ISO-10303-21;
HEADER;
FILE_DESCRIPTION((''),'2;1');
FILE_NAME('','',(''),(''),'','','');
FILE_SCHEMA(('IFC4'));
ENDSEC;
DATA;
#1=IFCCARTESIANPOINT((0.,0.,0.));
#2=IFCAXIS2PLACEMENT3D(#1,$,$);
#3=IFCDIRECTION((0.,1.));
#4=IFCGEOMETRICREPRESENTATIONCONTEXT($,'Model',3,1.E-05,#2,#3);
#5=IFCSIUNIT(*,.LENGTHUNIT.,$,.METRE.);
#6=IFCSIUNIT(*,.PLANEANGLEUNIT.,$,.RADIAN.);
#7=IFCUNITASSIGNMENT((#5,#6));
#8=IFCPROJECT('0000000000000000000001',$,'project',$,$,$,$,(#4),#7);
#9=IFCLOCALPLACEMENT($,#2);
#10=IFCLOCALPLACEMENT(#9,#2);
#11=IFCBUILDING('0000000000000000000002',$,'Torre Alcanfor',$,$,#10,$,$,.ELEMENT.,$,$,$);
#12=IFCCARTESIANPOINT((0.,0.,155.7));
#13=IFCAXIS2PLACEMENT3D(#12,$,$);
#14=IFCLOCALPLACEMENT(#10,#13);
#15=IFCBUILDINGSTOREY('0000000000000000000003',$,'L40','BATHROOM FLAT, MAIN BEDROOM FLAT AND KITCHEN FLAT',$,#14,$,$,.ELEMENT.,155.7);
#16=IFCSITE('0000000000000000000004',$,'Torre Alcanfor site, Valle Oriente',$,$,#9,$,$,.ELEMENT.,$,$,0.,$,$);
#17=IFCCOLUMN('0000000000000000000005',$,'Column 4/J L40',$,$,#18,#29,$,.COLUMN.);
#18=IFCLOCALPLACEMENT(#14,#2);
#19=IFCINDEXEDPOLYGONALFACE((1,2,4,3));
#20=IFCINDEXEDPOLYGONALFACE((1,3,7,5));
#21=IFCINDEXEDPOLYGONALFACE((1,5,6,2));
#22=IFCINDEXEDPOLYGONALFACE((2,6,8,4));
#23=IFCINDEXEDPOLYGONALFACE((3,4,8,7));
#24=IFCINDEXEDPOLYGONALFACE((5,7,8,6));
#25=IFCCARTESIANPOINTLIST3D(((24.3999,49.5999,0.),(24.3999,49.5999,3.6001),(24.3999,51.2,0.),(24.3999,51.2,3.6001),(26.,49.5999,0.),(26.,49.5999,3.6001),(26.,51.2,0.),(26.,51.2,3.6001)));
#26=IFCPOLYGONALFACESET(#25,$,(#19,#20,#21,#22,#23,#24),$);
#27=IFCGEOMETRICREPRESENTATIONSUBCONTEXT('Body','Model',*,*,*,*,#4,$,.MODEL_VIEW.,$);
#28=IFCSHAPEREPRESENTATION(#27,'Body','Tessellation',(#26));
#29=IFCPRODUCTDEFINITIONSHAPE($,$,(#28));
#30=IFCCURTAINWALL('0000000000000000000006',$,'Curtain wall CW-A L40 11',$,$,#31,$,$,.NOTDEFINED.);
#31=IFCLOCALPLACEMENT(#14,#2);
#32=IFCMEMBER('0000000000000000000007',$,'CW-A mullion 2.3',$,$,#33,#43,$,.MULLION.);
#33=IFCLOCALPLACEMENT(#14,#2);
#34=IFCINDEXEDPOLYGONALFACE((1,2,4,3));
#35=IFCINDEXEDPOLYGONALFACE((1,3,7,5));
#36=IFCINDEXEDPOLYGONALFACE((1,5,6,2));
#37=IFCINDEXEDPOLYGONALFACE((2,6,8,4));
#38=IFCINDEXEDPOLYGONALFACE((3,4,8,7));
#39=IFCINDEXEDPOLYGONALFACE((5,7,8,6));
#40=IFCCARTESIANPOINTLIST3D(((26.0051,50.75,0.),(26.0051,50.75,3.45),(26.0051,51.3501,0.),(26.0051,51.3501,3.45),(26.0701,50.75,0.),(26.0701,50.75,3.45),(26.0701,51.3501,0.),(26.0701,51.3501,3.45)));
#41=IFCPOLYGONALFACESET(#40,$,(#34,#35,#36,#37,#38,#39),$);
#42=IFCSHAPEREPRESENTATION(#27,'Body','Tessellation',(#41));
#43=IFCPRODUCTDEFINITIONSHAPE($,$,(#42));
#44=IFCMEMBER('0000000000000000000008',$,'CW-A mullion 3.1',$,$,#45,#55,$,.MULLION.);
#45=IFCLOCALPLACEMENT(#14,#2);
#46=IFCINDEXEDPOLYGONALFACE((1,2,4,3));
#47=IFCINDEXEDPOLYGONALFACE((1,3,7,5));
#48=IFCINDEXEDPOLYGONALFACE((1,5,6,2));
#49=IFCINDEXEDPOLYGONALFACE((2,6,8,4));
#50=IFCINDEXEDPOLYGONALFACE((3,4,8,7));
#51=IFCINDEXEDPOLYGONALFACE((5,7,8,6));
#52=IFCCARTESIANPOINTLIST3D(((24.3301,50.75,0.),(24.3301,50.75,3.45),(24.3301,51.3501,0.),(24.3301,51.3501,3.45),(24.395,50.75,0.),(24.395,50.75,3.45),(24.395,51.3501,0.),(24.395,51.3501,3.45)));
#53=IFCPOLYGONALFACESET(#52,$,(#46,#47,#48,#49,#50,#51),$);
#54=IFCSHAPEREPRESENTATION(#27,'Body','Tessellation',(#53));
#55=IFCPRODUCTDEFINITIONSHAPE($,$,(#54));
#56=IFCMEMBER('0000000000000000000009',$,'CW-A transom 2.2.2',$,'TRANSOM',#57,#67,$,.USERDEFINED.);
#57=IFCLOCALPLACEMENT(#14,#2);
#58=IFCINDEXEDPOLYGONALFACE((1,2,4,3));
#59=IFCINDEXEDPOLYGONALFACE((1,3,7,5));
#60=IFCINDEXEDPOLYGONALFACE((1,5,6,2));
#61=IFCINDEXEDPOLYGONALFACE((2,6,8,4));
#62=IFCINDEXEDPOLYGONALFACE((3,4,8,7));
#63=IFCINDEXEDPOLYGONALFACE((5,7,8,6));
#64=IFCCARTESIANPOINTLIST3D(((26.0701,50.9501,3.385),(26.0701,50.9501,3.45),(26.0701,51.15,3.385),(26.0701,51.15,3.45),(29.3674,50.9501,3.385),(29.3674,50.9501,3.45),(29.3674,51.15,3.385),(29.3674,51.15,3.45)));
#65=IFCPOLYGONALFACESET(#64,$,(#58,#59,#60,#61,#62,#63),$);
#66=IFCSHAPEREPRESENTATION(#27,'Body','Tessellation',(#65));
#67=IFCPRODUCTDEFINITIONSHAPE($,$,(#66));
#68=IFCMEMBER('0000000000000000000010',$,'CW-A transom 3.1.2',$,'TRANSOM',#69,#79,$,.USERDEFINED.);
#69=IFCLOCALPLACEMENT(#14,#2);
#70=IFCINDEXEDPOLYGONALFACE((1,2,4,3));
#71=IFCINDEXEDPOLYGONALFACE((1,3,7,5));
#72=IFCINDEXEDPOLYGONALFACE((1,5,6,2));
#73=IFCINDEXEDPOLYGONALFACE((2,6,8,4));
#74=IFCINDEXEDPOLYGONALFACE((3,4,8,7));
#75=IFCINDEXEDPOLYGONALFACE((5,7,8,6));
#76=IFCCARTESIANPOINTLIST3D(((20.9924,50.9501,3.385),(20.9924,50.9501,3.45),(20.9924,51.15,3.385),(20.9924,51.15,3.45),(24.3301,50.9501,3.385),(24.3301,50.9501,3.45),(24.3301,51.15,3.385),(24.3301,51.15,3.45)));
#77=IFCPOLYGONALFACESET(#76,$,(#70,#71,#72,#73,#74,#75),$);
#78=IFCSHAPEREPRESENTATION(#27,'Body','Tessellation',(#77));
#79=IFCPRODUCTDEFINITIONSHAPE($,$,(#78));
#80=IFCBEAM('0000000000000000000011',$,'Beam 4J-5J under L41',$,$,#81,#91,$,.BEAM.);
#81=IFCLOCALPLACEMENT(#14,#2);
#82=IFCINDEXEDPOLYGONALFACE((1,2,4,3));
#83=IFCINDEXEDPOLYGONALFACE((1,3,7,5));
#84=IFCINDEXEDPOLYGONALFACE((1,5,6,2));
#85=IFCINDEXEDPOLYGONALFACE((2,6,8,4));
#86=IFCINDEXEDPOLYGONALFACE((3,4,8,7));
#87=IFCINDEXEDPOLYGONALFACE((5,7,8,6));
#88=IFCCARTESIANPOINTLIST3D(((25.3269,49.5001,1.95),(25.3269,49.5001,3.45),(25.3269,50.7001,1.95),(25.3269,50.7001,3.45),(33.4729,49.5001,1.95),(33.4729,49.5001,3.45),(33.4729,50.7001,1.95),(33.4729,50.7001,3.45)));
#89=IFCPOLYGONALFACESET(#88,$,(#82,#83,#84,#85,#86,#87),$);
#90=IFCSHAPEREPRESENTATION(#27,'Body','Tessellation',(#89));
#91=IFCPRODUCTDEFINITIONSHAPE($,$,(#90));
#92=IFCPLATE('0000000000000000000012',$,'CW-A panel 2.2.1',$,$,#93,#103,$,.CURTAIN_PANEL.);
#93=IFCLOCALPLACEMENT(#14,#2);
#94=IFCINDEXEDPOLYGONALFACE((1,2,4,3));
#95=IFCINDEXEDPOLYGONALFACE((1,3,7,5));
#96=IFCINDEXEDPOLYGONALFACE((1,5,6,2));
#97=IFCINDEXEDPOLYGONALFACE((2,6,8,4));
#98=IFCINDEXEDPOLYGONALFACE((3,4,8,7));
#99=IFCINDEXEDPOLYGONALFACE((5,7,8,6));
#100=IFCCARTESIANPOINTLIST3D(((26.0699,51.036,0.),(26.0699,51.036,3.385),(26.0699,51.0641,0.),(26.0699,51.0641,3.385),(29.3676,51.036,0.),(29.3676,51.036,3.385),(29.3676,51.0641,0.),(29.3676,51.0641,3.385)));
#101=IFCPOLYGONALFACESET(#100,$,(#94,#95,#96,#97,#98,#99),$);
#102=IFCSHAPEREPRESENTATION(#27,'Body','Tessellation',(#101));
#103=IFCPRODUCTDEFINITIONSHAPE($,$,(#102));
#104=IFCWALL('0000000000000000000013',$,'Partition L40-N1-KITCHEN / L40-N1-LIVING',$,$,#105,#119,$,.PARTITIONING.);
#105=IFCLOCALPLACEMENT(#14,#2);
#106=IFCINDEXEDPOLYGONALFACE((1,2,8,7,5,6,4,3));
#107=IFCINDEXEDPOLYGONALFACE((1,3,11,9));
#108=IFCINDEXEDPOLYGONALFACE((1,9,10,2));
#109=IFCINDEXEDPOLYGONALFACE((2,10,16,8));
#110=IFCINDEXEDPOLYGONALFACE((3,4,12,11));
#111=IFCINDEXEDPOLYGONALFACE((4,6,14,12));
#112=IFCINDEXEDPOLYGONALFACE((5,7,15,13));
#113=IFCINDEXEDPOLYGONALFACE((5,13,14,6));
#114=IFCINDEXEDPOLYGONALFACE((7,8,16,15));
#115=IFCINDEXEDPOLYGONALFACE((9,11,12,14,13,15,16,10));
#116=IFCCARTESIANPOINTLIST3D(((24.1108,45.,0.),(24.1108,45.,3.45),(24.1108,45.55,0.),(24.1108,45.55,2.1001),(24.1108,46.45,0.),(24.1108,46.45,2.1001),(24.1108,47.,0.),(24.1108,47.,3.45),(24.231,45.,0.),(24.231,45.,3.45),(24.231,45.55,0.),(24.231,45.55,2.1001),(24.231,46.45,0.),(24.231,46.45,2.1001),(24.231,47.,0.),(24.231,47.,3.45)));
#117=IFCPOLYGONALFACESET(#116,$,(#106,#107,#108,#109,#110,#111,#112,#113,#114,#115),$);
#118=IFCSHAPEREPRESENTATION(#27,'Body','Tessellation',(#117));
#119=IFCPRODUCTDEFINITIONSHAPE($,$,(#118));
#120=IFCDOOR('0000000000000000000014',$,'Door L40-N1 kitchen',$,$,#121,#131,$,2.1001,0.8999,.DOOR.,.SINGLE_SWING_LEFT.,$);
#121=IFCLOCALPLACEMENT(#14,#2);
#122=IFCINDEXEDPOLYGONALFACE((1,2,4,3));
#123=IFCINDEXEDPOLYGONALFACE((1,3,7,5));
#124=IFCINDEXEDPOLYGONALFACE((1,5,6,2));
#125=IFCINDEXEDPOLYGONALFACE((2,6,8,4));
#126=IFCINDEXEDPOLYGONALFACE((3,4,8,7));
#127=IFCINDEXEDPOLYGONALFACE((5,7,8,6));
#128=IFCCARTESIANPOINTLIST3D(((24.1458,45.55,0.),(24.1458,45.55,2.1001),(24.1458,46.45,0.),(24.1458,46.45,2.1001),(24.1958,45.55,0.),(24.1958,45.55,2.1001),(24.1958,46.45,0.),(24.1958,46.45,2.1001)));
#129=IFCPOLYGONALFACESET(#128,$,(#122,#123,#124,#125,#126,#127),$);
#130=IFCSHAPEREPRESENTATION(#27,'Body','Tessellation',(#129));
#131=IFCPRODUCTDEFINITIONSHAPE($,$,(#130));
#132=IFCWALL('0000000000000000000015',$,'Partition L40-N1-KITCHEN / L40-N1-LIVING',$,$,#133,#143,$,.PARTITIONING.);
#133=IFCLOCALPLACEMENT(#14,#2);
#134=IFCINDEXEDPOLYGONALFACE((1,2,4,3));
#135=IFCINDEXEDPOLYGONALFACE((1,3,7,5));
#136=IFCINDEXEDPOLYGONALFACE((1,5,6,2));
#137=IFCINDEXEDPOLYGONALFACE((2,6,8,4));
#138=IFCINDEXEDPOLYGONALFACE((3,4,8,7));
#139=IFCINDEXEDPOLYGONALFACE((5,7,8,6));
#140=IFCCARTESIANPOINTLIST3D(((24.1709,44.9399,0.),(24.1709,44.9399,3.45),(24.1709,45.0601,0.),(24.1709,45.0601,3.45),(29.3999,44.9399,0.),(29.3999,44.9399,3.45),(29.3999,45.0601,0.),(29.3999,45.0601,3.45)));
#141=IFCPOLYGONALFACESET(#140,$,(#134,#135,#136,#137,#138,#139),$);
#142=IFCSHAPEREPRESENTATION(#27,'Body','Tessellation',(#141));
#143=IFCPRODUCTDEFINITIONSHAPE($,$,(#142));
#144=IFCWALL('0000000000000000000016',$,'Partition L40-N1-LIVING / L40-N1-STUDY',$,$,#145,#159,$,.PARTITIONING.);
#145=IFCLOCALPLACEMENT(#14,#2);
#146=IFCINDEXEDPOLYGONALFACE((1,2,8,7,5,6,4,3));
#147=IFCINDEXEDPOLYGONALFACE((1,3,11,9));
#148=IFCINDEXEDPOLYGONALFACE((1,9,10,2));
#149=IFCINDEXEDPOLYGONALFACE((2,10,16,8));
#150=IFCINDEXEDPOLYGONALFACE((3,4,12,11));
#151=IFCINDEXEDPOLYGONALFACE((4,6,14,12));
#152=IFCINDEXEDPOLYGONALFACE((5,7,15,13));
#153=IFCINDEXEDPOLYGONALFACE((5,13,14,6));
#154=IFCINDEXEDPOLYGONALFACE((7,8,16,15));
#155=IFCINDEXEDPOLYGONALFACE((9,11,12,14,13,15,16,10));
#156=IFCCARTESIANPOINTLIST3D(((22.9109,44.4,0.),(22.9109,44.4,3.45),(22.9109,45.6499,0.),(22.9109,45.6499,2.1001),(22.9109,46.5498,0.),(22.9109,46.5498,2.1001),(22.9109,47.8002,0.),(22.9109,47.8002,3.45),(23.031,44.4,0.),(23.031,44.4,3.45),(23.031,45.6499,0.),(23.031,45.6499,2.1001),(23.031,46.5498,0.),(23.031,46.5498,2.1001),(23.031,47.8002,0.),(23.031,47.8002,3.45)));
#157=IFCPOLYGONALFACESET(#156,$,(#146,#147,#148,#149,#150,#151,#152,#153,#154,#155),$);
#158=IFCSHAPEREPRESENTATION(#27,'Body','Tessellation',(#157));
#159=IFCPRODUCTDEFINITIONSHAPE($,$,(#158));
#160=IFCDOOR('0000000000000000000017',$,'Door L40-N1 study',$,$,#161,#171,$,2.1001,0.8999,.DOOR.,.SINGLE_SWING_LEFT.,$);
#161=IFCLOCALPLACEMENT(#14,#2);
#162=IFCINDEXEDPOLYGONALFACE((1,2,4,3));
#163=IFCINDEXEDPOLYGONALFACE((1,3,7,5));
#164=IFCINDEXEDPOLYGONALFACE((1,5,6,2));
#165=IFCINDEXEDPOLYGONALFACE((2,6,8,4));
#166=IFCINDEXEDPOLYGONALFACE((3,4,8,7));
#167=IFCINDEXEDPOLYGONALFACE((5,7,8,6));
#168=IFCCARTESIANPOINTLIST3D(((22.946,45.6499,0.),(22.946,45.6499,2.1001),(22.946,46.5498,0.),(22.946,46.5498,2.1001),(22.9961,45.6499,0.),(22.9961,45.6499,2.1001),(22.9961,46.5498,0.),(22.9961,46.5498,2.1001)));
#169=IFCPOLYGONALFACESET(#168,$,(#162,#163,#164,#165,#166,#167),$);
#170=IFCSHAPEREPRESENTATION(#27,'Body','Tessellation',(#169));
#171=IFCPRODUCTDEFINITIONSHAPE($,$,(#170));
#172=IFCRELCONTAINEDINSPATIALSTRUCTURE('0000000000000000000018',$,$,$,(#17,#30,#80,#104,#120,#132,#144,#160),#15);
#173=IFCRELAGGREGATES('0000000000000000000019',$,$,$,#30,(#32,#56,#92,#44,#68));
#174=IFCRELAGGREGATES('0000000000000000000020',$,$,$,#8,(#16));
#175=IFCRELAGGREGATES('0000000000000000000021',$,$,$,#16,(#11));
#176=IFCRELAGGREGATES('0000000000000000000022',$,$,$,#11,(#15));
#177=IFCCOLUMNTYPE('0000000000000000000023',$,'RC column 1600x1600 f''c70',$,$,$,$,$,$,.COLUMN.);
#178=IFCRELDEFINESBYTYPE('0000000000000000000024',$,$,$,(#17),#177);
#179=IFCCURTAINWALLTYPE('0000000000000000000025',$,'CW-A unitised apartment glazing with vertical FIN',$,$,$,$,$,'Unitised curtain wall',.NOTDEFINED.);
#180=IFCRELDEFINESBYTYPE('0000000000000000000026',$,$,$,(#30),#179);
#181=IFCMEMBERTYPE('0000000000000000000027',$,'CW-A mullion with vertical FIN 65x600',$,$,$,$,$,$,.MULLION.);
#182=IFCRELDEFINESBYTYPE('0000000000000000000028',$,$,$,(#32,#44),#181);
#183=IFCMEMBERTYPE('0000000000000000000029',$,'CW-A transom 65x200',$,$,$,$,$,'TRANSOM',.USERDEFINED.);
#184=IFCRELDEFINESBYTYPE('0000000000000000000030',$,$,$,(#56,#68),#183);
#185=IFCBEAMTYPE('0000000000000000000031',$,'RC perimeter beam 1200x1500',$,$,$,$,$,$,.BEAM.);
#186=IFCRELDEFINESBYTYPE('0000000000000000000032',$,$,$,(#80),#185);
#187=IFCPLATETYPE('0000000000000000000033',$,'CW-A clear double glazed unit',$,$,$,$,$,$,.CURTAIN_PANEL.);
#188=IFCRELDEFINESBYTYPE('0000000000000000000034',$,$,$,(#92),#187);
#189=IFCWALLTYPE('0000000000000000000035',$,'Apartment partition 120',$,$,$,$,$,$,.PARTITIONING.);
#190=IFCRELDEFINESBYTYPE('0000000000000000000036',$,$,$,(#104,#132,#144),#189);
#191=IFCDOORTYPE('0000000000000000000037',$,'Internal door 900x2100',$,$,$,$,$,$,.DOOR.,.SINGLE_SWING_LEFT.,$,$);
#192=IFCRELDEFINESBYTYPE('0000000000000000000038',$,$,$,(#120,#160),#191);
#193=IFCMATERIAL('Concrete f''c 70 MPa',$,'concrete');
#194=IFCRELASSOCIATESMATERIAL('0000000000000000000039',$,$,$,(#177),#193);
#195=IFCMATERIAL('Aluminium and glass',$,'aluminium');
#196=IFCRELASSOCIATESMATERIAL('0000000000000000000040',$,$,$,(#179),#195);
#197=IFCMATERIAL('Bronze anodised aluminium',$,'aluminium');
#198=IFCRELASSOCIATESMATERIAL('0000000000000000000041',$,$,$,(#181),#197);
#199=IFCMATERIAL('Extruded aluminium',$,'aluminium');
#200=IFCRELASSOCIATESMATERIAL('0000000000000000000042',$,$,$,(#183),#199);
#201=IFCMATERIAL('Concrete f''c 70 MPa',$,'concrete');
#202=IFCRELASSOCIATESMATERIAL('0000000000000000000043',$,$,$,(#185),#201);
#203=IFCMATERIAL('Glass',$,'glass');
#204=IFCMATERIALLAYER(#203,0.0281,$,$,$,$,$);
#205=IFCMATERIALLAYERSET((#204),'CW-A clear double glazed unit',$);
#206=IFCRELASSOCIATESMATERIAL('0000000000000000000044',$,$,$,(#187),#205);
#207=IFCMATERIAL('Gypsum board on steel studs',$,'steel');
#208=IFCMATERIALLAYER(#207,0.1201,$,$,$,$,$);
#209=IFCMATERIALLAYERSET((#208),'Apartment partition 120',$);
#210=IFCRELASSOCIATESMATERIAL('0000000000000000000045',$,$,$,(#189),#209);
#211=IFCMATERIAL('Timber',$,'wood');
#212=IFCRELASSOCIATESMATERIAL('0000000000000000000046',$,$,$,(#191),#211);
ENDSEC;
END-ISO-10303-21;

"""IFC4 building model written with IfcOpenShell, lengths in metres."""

from ifc_helpers import new_model, si_unit, direction, frame, frame_2d, origin, origin_2d, place, context, subcontext, project, spatial, rectangle, extrude, material, layer, layer_set, material_profile, profile_set, type_object, element, fill, aggregate, save


model = new_model("IFC4")

# Units and contexts
model_context = context("Model", 3, precision=1e-05, world=origin(), true_north=direction((0.0, 1.0)))
body_context = subcontext(model_context, "Body", "Model", "MODEL_VIEW")
ifc_project = project(units=[si_unit("LENGTHUNIT", "METRE"), si_unit("PLANEANGLEUNIT", "RADIAN")], contexts=[model_context])

# Site, building, storey
site_placement = place(None, origin())
site = spatial("IfcSite", under=ifc_project, at=site_placement, Name="Torre Alcanfor site, Valle Oriente", CompositionType="ELEMENT", RefElevation=0.0)
building_placement = place(site_placement, origin())
building = spatial("IfcBuilding", under=site, at=building_placement, Name="Torre Alcanfor", CompositionType="ELEMENT")
storey_placement = place(building_placement, frame((0.0, 0.0, 155.7)))
storey = spatial("IfcBuildingStorey", under=building, at=storey_placement, Name="L40", Description="BATHROOM FLAT, MAIN BEDROOM FLAT AND KITCHEN FLAT", CompositionType="ELEMENT", Elevation=155.7)

# Column
ifc_material_1 = material(Name="Concrete f'c 70 MPa", Category="concrete")
ifc_material_profile_1 = material_profile(ifc_material_1, rectangle(XDim=1.6001, YDim=1.6001, at=origin_2d()), Name="1600x1600")
ifc_profile_set_1 = profile_set([ifc_material_profile_1], Name="Concrete f'c 70 MPa")
column_type = type_object("IfcColumnType", Name="RC column 1600x1600 f'c70", PredefinedType="COLUMN", material=ifc_profile_set_1)
column_placement = place(storey_placement, frame((25.2, 50.3999, 0.0), z_axis=(0.0, 0.0, 1.0), x_axis=(1.0, 0.0, 0.0)))
element("IfcColumn", 1, at=column_placement, inside=storey, type_object=column_type, Name="Column 4/J L40", PredefinedType="COLUMN", context=body_context, shape_type="SweptSolid", body=[
    extrude(rectangle(XDim=1.6001, YDim=1.6001, at=origin_2d()), origin(), (0.0, 0.0, 1.0), 3.6001),
])

# Curtain wall, members
ifc_material_2 = material(Name="Aluminium and glass", Category="aluminium")
curtain_wall_type = type_object("IfcCurtainWallType", Name="CW-A unitised apartment glazing with vertical FIN", ElementType="Unitised curtain wall", PredefinedType="NOTDEFINED", material=ifc_material_2)
curtain_wall_placement = place(storey_placement, origin())
curtain_wall = element("IfcCurtainWall", 2, at=curtain_wall_placement, inside=storey, type_object=curtain_wall_type, Name="Curtain wall CW-A L40 11", PredefinedType="NOTDEFINED")
ifc_material_3 = material(Name="Bronze anodised aluminium", Category="aluminium")
ifc_material_profile_2 = material_profile(ifc_material_3, rectangle(XDim=0.6001, YDim=0.0649, at=origin_2d()), Name="CW-A mullion 65x600")
ifc_profile_set_2 = profile_set([ifc_material_profile_2], Name="Bronze anodised aluminium")
member_type_1 = type_object("IfcMemberType", Name="CW-A mullion with vertical FIN 65x600", PredefinedType="MULLION", material=ifc_profile_set_2)
member_1_placement = place(storey_placement, frame((26.0376, 51.05, 0.0), z_axis=(0.0, 0.0, 1.0), x_axis=(0.0, -1.0, 0.0)))
member_1 = element("IfcMember", 3, at=member_1_placement, type_object=member_type_1, Name="CW-A mullion 2.3", PredefinedType="MULLION", context=body_context, shape_type="SweptSolid", body=[
    extrude(rectangle(XDim=0.6001, YDim=0.0649, at=origin_2d()), origin(), (0.0, 0.0, 1.0), 3.45),
])
member_2_placement = place(storey_placement, frame((24.3625, 51.05, 0.0), z_axis=(0.0, 0.0, 1.0), x_axis=(0.0, -1.0, 0.0)))
member_2 = element("IfcMember", 4, at=member_2_placement, type_object=member_type_1, Name="CW-A mullion 3.1", PredefinedType="MULLION", context=body_context, shape_type="SweptSolid", body=[
    extrude(rectangle(XDim=0.6001, YDim=0.0649, at=origin_2d()), origin(), (0.0, 0.0, 1.0), 3.45),
])
ifc_material_4 = material(Name="Extruded aluminium", Category="aluminium")
ifc_material_profile_3 = material_profile(ifc_material_4, rectangle(XDim=0.2, YDim=0.0649, at=origin_2d()), Name="CW-A transom 200x65")
ifc_profile_set_3 = profile_set([ifc_material_profile_3], Name="Extruded aluminium")
member_type_2 = type_object("IfcMemberType", Name="CW-A transom 65x200", ElementType="TRANSOM", PredefinedType="USERDEFINED", material=ifc_profile_set_3)
member_3_placement = place(storey_placement, frame((29.3674, 51.05, 3.4175), z_axis=(-1.0, 0.0, 0.0), x_axis=(0.0, -1.0, 0.0)))
member_3 = element("IfcMember", 5, at=member_3_placement, type_object=member_type_2, Name="CW-A transom 2.2.2", ObjectType="TRANSOM", PredefinedType="USERDEFINED", context=body_context, shape_type="SweptSolid", body=[
    extrude(rectangle(XDim=0.2, YDim=0.0649, at=origin_2d()), origin(), (0.0, 0.0, 1.0), 3.2974),
])
member_4_placement = place(storey_placement, frame((24.3301, 51.05, 3.4175), z_axis=(-1.0, 0.0, 0.0), x_axis=(0.0, -1.0, 0.0)))
member_4 = element("IfcMember", 6, at=member_4_placement, type_object=member_type_2, Name="CW-A transom 3.1.2", ObjectType="TRANSOM", PredefinedType="USERDEFINED", context=body_context, shape_type="SweptSolid", body=[
    extrude(rectangle(XDim=0.2, YDim=0.0649, at=origin_2d()), origin(), (0.0, 0.0, 1.0), 3.3376),
])

# Beam
ifc_material_5 = material(Name="Concrete f'c 70 MPa", Category="concrete")
ifc_material_profile_4 = material_profile(ifc_material_5, rectangle(XDim=1.2, YDim=1.5, at=origin_2d()), Name="1200x1500")
ifc_profile_set_4 = profile_set([ifc_material_profile_4], Name="Concrete f'c 70 MPa")
beam_type = type_object("IfcBeamType", Name="RC perimeter beam 1200x1500", PredefinedType="BEAM", material=ifc_profile_set_4)
beam_placement = place(storey_placement, frame((25.3269, 50.1001, 2.7), z_axis=(1.0, 0.0, 0.0), x_axis=(0.0, 1.0, 0.0)))
element("IfcBeam", 7, at=beam_placement, inside=storey, type_object=beam_type, Name="Beam 4J-5J under L41", PredefinedType="BEAM", context=body_context, shape_type="SweptSolid", body=[
    extrude(rectangle(XDim=1.2, YDim=1.5, at=origin_2d()), origin(), (0.0, 0.0, 1.0), 8.146),
])

# Plate
ifc_material_6 = material(Name="Glass", Category="glass")
ifc_layer_1 = layer(ifc_material_6, 0.0281)
ifc_layer_set_1 = layer_set([ifc_layer_1], Name="CW-A clear double glazed unit")
plate_type = type_object("IfcPlateType", Name="CW-A clear double glazed unit", PredefinedType="CURTAIN_PANEL", material=ifc_layer_set_1)
plate_placement = place(storey_placement, frame((27.7188, 51.05, 0.0), z_axis=(0.0, 0.0, 1.0), x_axis=(-1.0, 0.0, 0.0)))
plate = element("IfcPlate", 8, at=plate_placement, type_object=plate_type, Name="CW-A panel 2.2.1", PredefinedType="CURTAIN_PANEL", context=body_context, shape_type="SweptSolid", body=[
    extrude(rectangle(XDim=3.2976, YDim=0.0281, at=origin_2d()), origin(), (0.0, 0.0, 1.0), 3.385),
])
aggregate(curtain_wall, [member_1, member_3, plate, member_2, member_4])

# Wall, opening, door
ifc_material_7 = material(Name="Gypsum board on steel studs", Category="steel")
ifc_layer_2 = layer(ifc_material_7, 0.1201)
ifc_layer_set_2 = layer_set([ifc_layer_2], Name="Apartment partition 120")
wall_type_1 = type_object("IfcWallType", Name="Apartment partition 120", PredefinedType="PARTITIONING", material=ifc_layer_set_2)
wall_1_placement = place(storey_placement, frame((24.1709, 47.0, 0.0), z_axis=(0.0, 0.0, 1.0), x_axis=(0.0, -1.0, 0.0)))
wall_1 = element("IfcWall", 9, at=wall_1_placement, inside=storey, type_object=wall_type_1, Name="Partition L40-N1-KITCHEN / L40-N1-LIVING", PredefinedType="PARTITIONING", context=body_context, shape_type="SweptSolid", body=[
    extrude(rectangle(XDim=2.0, YDim=0.1201, at=frame_2d((1.0, 0.0))), origin(), (0.0, 0.0, 1.0), 3.45),
])
opening_1_placement = place(wall_1_placement, frame((0.55, 0.0, 0.0)))
opening_1 = element("IfcOpeningElement", 10, at=opening_1_placement, cuts=wall_1, PredefinedType="OPENING", context=body_context, shape_type="SweptSolid", body=[
    extrude(rectangle(XDim=0.8999, YDim=2.1001, at=frame_2d((0.45, 1.05))), frame((0.0, 0.0701, 0.0), z_axis=(0.0, -1.0, 0.0), x_axis=(1.0, 0.0, 0.0)), (0.0, 0.0, 1.0), 0.1401),
])
ifc_material_8 = material(Name="Timber", Category="wood")
door_type = type_object("IfcDoorType", Name="Internal door 900x2100", OperationType="SINGLE_SWING_LEFT", PredefinedType="DOOR", material=ifc_material_8)
door_1_placement = place(opening_1_placement, origin())
door_1 = element("IfcDoor", 11, at=door_1_placement, inside=storey, type_object=door_type, Name="Door L40-N1 kitchen", OperationType="SINGLE_SWING_LEFT", OverallHeight=2.1001, OverallWidth=0.8999, PredefinedType="DOOR", context=body_context, shape_type="SweptSolid", body=[
    extrude(rectangle(XDim=0.8999, YDim=2.1001, at=frame_2d((0.45, 1.05))), frame((0.0, 0.0249, 0.0), z_axis=(0.0, -1.0, 0.0), x_axis=(1.0, 0.0, 0.0)), (0.0, 0.0, 1.0), 0.05),
])
fill(opening_1, door_1)

# Wall
wall_2_placement = place(storey_placement, frame((24.1709, 45.0, 0.0), z_axis=(0.0, 0.0, 1.0), x_axis=(1.0, 0.0, 0.0)))
element("IfcWall", 12, at=wall_2_placement, inside=storey, type_object=wall_type_1, Name="Partition L40-N1-KITCHEN / L40-N1-LIVING", PredefinedType="PARTITIONING", context=body_context, shape_type="SweptSolid", body=[
    extrude(rectangle(XDim=5.229, YDim=0.1201, at=frame_2d((2.6145, 0.0))), origin(), (0.0, 0.0, 1.0), 3.45),
])

# Wall, opening, door
wall_3_placement = place(storey_placement, frame((22.9709, 44.3999, 0.0), z_axis=(0.0, 0.0, 1.0), x_axis=(0.0, 1.0, 0.0)))
wall_3 = element("IfcWall", 13, at=wall_3_placement, inside=storey, type_object=wall_type_1, Name="Partition L40-N1-LIVING / L40-N1-STUDY", PredefinedType="PARTITIONING", context=body_context, shape_type="SweptSolid", body=[
    extrude(rectangle(XDim=3.4001, YDim=0.1201, at=frame_2d((1.7002, 0.0))), origin(), (0.0, 0.0, 1.0), 3.45),
])
opening_2_placement = place(wall_3_placement, frame((1.25, 0.0, 0.0)))
opening_2 = element("IfcOpeningElement", 14, at=opening_2_placement, cuts=wall_3, PredefinedType="OPENING", context=body_context, shape_type="SweptSolid", body=[
    extrude(rectangle(XDim=0.8999, YDim=2.1001, at=frame_2d((0.45, 1.05))), frame((0.0, 0.0701, 0.0), z_axis=(0.0, -1.0, 0.0), x_axis=(1.0, 0.0, 0.0)), (0.0, 0.0, 1.0), 0.1401),
])
door_2_placement = place(opening_2_placement, origin())
door_2 = element("IfcDoor", 15, at=door_2_placement, inside=storey, type_object=door_type, Name="Door L40-N1 study", OperationType="SINGLE_SWING_LEFT", OverallHeight=2.1001, OverallWidth=0.8999, PredefinedType="DOOR", context=body_context, shape_type="SweptSolid", body=[
    extrude(rectangle(XDim=0.8999, YDim=2.1001, at=frame_2d((0.45, 1.05))), frame((0.0, 0.0249, 0.0), z_axis=(0.0, -1.0, 0.0), x_axis=(1.0, 0.0, 0.0)), (0.0, 0.0, 1.0), 0.05),
])
fill(opening_2, door_2)

save(model, "model.ifc")
